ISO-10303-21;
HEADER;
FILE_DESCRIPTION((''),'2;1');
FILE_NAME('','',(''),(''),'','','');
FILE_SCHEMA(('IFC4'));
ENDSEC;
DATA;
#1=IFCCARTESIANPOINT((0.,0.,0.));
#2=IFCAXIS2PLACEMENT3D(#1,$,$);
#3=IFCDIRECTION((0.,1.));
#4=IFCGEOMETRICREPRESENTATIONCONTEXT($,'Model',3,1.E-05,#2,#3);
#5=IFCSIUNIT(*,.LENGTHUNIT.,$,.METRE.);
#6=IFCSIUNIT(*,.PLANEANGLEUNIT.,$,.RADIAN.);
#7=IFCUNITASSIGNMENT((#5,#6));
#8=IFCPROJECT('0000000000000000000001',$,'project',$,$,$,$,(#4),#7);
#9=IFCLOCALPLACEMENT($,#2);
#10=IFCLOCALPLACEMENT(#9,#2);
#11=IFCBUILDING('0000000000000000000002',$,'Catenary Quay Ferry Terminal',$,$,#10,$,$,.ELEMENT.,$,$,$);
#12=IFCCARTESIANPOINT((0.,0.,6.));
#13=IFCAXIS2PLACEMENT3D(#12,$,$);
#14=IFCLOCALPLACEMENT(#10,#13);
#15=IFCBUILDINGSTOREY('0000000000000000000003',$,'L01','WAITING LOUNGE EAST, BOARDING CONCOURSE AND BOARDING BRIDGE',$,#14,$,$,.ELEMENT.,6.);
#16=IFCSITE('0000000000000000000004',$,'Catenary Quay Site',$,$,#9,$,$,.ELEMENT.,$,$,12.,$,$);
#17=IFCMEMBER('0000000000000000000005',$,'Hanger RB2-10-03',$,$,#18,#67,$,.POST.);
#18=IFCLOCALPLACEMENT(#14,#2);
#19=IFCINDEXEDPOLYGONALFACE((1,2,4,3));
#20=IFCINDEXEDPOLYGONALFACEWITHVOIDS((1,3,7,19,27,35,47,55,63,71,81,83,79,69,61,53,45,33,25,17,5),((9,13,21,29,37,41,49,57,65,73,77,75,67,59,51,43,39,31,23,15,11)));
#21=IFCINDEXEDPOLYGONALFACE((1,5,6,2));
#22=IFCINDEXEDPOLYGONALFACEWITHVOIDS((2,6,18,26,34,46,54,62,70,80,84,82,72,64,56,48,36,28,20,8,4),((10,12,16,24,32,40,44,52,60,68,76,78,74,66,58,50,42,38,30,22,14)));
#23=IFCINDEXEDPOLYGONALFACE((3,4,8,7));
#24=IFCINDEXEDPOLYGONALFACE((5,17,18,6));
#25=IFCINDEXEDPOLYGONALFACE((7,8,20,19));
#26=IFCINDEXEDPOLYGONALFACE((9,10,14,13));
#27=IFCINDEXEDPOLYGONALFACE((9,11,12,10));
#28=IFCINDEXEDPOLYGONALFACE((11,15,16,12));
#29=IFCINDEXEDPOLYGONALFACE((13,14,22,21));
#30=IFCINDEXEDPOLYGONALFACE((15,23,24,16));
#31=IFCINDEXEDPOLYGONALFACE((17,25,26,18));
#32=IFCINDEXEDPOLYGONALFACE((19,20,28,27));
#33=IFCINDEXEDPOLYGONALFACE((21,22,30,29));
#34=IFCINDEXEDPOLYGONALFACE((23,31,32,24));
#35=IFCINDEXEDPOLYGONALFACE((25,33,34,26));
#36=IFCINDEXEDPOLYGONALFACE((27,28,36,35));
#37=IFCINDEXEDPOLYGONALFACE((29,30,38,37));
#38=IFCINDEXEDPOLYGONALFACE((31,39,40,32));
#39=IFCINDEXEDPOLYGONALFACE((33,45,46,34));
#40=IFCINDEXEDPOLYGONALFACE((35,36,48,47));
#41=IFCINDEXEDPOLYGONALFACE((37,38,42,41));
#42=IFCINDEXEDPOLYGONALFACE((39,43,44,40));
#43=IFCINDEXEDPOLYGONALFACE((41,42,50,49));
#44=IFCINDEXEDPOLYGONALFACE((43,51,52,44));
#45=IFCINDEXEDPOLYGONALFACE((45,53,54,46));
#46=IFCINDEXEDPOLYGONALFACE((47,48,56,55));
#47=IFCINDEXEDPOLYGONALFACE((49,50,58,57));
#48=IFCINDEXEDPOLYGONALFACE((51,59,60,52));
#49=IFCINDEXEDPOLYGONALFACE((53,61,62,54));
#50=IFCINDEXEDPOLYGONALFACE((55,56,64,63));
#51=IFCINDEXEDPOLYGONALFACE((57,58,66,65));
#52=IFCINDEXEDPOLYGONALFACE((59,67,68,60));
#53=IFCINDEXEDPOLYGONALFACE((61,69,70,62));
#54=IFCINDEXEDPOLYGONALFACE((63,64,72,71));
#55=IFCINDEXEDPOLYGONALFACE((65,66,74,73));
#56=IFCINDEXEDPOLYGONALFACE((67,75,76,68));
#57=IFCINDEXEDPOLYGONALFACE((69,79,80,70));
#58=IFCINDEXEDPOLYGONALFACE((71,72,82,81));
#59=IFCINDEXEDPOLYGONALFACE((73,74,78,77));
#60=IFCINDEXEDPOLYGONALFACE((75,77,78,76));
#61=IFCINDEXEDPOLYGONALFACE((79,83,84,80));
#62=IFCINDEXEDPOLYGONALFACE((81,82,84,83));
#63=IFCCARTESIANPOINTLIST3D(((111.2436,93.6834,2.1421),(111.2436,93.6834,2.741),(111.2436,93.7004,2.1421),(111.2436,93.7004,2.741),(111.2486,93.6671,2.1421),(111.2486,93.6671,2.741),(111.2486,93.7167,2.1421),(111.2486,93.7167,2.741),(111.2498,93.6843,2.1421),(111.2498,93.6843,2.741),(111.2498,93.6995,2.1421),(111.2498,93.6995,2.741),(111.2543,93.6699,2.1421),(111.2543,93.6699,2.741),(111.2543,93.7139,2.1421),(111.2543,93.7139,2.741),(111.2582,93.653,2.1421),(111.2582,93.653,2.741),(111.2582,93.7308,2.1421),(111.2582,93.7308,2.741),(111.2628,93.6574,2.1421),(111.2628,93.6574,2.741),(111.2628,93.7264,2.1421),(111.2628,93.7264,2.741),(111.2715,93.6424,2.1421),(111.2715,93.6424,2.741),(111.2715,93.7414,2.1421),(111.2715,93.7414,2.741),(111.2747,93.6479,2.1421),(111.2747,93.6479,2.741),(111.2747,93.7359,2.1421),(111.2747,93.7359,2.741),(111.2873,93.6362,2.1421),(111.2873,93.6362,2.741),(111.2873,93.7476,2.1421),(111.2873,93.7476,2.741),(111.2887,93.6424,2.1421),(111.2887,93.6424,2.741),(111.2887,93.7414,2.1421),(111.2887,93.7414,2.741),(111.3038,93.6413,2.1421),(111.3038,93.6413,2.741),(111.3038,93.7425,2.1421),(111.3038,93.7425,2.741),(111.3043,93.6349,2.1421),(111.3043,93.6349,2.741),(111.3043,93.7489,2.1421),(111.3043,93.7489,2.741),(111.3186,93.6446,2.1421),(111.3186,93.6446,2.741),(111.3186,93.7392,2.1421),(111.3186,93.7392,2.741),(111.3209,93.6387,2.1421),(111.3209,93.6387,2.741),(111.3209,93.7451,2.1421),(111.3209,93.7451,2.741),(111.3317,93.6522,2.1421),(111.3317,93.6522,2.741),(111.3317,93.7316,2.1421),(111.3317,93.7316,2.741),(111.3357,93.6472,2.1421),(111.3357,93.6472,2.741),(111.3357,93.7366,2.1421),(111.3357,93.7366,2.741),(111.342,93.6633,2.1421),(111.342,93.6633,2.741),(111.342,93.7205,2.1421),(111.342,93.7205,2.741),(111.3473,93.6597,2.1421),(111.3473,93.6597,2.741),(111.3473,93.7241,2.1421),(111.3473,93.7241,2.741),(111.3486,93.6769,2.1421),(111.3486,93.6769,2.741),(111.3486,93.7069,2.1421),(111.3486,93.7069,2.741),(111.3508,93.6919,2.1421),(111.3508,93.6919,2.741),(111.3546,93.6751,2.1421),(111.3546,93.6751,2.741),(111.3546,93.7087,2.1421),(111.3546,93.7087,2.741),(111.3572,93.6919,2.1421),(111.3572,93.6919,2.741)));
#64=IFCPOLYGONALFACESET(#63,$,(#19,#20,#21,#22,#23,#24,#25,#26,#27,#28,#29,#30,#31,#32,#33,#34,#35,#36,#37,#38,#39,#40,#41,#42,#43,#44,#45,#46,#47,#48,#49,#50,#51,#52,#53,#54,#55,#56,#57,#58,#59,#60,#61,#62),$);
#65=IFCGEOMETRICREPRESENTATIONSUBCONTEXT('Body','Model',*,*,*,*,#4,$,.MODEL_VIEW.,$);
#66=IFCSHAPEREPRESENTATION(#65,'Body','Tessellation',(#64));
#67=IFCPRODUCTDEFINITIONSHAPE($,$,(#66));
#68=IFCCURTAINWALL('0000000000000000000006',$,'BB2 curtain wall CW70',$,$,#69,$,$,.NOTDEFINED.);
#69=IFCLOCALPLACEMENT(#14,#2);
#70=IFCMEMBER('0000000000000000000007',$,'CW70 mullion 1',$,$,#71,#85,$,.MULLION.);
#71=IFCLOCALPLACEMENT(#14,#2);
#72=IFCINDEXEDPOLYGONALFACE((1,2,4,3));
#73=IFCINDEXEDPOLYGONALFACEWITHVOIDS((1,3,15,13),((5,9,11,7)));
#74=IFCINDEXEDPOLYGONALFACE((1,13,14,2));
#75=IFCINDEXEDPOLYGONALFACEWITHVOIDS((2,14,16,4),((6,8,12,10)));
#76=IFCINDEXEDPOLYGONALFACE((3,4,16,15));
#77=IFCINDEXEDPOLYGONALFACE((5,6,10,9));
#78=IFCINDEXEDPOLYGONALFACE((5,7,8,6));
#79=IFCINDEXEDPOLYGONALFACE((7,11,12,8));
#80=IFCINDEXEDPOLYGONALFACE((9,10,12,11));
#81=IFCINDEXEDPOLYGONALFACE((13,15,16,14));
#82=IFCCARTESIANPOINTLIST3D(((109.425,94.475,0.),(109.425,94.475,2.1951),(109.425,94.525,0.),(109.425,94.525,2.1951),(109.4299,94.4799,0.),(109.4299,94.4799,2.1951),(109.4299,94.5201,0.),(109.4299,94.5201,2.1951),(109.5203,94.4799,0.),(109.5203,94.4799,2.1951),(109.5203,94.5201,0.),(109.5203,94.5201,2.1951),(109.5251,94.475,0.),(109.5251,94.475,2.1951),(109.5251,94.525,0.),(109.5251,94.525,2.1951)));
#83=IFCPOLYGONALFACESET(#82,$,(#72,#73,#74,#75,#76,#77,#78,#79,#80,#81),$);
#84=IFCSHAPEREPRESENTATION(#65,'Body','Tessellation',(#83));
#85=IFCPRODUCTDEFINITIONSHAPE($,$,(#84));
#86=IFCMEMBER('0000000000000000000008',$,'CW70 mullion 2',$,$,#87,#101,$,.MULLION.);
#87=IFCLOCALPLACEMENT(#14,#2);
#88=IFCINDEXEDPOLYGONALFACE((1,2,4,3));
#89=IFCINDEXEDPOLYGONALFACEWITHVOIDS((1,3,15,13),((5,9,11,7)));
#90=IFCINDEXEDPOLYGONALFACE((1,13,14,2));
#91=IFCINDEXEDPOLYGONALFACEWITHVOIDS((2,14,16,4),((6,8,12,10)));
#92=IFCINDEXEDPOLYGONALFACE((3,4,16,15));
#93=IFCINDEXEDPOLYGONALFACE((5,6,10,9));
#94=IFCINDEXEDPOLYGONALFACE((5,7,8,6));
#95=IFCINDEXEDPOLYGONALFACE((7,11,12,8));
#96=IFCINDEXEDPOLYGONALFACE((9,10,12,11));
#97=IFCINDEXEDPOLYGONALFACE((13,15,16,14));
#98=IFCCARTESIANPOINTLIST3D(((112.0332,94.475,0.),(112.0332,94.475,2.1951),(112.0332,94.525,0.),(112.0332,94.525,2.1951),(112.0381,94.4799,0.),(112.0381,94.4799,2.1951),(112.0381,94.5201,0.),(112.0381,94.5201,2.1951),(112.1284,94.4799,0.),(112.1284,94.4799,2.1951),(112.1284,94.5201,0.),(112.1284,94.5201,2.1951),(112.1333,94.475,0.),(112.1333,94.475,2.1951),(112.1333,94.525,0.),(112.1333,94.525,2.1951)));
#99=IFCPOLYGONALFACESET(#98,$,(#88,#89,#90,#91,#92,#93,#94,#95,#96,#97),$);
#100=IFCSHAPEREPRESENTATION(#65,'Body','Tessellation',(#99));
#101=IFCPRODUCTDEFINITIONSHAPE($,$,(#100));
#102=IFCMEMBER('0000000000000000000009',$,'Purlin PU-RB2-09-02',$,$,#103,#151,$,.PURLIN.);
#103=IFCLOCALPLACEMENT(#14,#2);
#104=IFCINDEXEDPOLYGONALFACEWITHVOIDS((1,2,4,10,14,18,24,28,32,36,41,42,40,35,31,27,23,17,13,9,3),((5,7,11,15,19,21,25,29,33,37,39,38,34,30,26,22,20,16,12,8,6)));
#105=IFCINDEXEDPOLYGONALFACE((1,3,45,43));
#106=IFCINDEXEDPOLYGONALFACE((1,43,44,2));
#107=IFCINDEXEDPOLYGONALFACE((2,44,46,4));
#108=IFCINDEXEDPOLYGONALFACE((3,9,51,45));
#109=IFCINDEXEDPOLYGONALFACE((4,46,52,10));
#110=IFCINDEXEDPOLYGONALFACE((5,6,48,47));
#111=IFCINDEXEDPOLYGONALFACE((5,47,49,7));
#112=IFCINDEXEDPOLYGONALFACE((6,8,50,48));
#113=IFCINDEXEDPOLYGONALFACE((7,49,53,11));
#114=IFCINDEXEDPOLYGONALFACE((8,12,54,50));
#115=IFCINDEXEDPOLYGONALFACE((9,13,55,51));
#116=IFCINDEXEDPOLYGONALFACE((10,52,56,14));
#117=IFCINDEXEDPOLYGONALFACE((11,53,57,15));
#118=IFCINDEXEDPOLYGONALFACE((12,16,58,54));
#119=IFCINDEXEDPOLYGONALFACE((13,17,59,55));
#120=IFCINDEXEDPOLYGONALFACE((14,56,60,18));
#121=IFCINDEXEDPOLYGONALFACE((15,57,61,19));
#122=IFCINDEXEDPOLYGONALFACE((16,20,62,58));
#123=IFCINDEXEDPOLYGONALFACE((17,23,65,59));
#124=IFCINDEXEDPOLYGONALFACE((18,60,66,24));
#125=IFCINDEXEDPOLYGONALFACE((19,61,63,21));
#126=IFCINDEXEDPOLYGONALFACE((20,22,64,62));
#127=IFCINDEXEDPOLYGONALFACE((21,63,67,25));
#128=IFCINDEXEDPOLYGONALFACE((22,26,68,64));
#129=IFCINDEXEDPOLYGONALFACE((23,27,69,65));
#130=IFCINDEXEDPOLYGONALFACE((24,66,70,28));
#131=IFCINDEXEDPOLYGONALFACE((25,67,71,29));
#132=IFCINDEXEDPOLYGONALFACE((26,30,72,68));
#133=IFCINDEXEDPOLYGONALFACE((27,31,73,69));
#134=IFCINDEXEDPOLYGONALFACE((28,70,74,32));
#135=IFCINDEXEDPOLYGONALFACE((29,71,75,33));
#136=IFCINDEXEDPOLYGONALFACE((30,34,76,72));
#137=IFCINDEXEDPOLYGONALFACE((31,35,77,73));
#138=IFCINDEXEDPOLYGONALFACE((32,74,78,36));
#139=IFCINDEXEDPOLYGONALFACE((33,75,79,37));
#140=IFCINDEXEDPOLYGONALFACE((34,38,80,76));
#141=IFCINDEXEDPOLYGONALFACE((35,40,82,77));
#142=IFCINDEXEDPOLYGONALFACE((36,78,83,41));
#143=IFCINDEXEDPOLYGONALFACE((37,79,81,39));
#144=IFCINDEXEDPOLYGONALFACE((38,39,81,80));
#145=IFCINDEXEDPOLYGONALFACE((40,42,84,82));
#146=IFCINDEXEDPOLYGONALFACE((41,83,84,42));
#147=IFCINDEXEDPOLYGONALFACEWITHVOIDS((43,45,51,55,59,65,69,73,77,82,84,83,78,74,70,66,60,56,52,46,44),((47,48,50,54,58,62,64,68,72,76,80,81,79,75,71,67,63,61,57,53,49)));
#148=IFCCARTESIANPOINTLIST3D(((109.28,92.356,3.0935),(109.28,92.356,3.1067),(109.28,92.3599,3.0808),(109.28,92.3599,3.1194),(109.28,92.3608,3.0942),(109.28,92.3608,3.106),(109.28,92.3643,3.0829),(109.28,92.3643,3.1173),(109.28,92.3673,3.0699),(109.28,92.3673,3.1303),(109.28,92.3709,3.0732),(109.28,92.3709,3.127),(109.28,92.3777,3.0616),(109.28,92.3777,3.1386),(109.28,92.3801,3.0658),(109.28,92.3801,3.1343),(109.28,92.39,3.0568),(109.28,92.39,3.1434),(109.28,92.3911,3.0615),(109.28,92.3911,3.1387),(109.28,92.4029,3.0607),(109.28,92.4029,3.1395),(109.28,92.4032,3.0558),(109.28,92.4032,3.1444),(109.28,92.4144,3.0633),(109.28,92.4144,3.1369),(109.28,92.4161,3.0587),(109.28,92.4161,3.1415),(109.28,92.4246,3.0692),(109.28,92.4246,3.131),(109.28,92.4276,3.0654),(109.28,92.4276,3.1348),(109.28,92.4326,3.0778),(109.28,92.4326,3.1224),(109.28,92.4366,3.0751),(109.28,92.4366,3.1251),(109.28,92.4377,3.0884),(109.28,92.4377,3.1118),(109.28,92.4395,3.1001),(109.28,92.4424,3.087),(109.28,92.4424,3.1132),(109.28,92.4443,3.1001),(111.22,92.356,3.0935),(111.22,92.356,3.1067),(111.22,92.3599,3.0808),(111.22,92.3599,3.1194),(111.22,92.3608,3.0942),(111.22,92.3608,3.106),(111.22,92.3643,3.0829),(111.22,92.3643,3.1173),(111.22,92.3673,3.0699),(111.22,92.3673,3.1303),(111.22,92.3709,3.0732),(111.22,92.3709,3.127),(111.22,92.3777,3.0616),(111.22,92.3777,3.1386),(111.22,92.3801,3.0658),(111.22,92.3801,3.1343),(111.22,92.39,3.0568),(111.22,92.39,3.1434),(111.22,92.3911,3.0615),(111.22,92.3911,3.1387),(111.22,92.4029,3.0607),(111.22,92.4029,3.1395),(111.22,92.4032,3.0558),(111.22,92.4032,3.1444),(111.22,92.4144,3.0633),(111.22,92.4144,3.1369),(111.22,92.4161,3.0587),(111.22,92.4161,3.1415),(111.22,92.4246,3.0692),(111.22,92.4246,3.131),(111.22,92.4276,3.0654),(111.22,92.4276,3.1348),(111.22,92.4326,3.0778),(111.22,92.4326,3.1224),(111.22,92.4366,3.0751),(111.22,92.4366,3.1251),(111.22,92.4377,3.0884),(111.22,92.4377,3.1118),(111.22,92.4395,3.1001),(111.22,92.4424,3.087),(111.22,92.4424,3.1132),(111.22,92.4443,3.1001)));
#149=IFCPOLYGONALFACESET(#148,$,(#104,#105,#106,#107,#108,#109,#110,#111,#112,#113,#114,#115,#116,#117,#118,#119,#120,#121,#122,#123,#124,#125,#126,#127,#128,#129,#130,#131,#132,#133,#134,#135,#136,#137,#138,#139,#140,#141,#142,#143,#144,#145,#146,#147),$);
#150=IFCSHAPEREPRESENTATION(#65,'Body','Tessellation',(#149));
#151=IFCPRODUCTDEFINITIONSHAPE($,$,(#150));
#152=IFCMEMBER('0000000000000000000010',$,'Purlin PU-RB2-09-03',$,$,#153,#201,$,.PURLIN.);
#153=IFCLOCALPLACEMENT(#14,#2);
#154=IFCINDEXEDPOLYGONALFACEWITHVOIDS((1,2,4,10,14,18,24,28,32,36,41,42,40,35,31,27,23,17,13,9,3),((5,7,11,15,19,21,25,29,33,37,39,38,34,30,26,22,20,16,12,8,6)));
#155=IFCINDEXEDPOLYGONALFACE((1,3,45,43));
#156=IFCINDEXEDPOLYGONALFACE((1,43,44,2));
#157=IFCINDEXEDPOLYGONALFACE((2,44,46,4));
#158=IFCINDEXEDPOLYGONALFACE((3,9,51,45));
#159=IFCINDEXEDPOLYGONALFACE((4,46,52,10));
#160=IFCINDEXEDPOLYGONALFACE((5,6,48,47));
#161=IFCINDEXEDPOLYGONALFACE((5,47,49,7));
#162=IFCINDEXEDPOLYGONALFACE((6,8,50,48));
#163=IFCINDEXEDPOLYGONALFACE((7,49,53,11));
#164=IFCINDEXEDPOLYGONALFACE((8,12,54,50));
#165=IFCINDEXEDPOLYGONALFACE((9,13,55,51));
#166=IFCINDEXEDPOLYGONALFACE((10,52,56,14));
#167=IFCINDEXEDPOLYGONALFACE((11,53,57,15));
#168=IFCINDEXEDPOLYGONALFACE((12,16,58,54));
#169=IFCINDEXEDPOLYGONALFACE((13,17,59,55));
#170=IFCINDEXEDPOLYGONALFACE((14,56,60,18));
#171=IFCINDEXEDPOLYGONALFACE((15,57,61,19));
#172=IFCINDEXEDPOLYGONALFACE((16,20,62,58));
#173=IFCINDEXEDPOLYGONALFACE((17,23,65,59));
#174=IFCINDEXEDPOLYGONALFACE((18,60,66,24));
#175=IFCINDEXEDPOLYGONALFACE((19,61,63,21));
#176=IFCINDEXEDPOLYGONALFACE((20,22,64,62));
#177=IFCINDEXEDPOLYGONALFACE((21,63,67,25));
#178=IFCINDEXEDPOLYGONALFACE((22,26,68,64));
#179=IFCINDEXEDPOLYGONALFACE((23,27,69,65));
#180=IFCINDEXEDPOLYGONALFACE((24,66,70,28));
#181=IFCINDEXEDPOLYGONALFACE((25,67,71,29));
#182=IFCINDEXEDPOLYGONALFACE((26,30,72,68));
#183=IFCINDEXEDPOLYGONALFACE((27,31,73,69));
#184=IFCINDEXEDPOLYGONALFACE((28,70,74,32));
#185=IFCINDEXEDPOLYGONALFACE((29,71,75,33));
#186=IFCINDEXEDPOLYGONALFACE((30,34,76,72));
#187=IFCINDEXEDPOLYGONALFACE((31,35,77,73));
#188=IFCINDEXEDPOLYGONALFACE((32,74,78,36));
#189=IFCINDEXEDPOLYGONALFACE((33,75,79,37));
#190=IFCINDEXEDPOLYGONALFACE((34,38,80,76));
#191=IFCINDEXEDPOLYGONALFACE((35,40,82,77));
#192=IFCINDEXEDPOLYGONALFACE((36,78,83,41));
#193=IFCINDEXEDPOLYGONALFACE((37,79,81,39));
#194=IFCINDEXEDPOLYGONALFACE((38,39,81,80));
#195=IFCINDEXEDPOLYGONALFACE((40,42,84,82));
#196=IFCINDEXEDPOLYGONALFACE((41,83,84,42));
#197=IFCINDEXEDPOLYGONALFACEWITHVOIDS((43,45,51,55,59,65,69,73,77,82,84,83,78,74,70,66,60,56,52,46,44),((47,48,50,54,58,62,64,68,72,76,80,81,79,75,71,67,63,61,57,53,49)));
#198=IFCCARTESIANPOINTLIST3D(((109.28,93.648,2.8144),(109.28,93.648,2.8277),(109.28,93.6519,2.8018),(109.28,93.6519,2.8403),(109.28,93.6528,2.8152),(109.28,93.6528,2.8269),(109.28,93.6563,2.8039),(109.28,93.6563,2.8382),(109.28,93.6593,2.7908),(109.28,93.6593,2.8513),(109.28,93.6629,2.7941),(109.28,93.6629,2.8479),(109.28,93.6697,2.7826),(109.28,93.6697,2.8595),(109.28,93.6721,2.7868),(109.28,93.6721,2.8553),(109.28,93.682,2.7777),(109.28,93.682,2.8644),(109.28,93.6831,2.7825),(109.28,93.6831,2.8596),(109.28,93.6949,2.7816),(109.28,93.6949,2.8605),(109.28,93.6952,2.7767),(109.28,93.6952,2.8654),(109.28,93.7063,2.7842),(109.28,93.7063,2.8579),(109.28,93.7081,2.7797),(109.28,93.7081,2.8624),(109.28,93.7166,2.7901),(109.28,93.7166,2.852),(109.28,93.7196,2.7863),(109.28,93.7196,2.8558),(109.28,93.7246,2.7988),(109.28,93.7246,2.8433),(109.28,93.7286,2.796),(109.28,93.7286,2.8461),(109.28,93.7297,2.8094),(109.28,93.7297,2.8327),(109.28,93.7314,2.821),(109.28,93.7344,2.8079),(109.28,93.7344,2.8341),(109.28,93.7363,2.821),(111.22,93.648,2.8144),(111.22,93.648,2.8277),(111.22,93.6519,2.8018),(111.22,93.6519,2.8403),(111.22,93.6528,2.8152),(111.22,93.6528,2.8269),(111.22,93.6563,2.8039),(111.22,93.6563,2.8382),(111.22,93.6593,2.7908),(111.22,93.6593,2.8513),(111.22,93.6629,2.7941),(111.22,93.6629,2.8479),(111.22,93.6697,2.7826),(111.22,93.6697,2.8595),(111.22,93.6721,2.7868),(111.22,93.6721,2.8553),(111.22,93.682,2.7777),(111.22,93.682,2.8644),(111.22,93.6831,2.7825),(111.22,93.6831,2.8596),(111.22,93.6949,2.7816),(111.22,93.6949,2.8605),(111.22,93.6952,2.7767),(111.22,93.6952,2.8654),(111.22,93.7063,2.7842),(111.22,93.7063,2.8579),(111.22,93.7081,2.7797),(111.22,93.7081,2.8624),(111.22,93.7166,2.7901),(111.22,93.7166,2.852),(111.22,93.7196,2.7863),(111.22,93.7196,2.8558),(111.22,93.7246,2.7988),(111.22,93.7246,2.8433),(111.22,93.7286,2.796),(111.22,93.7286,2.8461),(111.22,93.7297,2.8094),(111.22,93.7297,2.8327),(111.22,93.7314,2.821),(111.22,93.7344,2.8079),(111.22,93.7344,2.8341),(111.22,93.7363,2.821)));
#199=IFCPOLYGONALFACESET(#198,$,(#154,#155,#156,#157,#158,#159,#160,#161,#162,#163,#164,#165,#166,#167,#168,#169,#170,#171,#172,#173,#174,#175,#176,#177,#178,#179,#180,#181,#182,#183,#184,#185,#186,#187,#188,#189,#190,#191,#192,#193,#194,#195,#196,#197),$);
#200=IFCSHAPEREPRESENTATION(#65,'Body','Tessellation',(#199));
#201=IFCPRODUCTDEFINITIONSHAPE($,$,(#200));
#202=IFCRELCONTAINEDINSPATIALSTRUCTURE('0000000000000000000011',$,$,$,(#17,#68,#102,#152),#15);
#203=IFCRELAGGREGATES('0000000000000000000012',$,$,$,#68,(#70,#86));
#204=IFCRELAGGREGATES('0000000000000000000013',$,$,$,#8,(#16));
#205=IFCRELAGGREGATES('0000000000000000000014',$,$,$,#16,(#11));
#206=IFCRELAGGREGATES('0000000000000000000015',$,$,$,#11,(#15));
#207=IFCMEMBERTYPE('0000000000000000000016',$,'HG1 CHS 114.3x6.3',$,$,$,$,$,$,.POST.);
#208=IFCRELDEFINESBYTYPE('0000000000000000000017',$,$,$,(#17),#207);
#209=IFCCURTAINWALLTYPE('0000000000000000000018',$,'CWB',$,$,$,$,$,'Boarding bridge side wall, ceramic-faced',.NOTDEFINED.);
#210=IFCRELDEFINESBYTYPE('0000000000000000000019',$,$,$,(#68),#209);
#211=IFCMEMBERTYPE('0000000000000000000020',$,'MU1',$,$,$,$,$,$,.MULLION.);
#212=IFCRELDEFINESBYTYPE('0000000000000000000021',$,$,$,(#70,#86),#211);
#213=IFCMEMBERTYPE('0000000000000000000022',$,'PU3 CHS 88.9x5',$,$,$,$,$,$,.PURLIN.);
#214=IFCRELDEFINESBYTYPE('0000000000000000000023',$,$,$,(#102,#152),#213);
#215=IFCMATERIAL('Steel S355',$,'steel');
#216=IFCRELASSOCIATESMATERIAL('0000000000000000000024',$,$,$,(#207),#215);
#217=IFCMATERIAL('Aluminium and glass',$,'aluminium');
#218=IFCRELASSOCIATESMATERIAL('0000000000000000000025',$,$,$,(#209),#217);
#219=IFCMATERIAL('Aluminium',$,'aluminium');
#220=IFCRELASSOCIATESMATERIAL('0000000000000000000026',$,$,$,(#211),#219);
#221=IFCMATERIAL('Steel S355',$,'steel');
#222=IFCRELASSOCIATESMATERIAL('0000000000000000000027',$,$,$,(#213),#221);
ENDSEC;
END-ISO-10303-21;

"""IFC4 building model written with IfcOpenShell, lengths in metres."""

from ifc_helpers import new_model, si_unit, direction, frame, origin, origin_2d, place, context, subcontext, project, spatial, hollow_rectangle, hollow_circle, extrude, material, material_profile, profile_set, type_object, element, aggregate, save


model = new_model("IFC4")

# Units and contexts
model_context = context("Model", 3, precision=1e-05, world=origin(), true_north=direction((0.0, 1.0)))
body_context = subcontext(model_context, "Body", "Model", "MODEL_VIEW")
ifc_project = project(units=[si_unit("LENGTHUNIT", "METRE"), si_unit("PLANEANGLEUNIT", "RADIAN")], contexts=[model_context])

# Site, building, storey
site_placement = place(None, origin())
site = spatial("IfcSite", under=ifc_project, at=site_placement, Name="Catenary Quay Site", CompositionType="ELEMENT", RefElevation=12.0)
building_placement = place(site_placement, origin())
building = spatial("IfcBuilding", under=site, at=building_placement, Name="Catenary Quay Ferry Terminal", CompositionType="ELEMENT")
storey_placement = place(building_placement, frame((0.0, 0.0, 6.0)))
storey = spatial("IfcBuildingStorey", under=building, at=storey_placement, Name="L01", Description="WAITING LOUNGE EAST, BOARDING CONCOURSE AND BOARDING BRIDGE", CompositionType="ELEMENT", Elevation=6.0)

# Member
ifc_material_1 = material(Name="Steel S355", Category="steel")
ifc_material_profile_1 = material_profile(ifc_material_1, hollow_circle(Radius=0.0571, WallThickness=0.0063, at=origin_2d()), Name="CHS 114.3x6.3")
ifc_profile_set_1 = profile_set([ifc_material_profile_1], Name="Steel S355")
member_type_1 = type_object("IfcMemberType", Name="HG1 CHS 114.3x6.3", PredefinedType="POST", material=ifc_profile_set_1)
member_1_placement = place(storey_placement, frame((111.3, 93.6919, 2.1421), z_axis=(0.0, 0.0, 1.0), x_axis=(1.0, 0.0, 0.0)))
element("IfcMember", 1, at=member_1_placement, inside=storey, type_object=member_type_1, Name="Hanger RB2-10-03", PredefinedType="POST", context=body_context, shape_type="SweptSolid", body=[
    extrude(hollow_circle(Radius=0.0571, WallThickness=0.0063, at=origin_2d()), origin(), (0.0, 0.0, 1.0), 0.5989),
])

# Curtain wall, members
ifc_material_2 = material(Name="Aluminium and glass", Category="aluminium")
curtain_wall_type = type_object("IfcCurtainWallType", Name="CWB", ElementType="Boarding bridge side wall, ceramic-faced", PredefinedType="NOTDEFINED", material=ifc_material_2)
curtain_wall_placement = place(storey_placement, origin())
curtain_wall = element("IfcCurtainWall", 2, at=curtain_wall_placement, inside=storey, type_object=curtain_wall_type, Name="BB2 curtain wall CW70", PredefinedType="NOTDEFINED")
ifc_material_3 = material(Name="Aluminium", Category="aluminium")
ifc_material_profile_2 = material_profile(ifc_material_3, hollow_rectangle(XDim=0.05, YDim=0.1001, WallThickness=0.0049, at=origin_2d()), Name="MU1")
ifc_profile_set_2 = profile_set([ifc_material_profile_2], Name="Aluminium")
member_type_2 = type_object("IfcMemberType", Name="MU1", PredefinedType="MULLION", material=ifc_profile_set_2)
member_2_placement = place(storey_placement, frame((109.4751, 94.5, 0.0), z_axis=(0.0, 0.0, 1.0), x_axis=(0.0, 1.0, 0.0)))
member_2 = element("IfcMember", 3, at=member_2_placement, type_object=member_type_2, Name="CW70 mullion 1", PredefinedType="MULLION", context=body_context, shape_type="SweptSolid", body=[
    extrude(hollow_rectangle(XDim=0.05, YDim=0.1001, WallThickness=0.0049, at=origin_2d()), origin(), (0.0, 0.0, 1.0), 2.1951),
])
member_3_placement = place(storey_placement, frame((112.0833, 94.5, 0.0), z_axis=(0.0, 0.0, 1.0), x_axis=(0.0, 1.0, 0.0)))
member_3 = element("IfcMember", 4, at=member_3_placement, type_object=member_type_2, Name="CW70 mullion 2", PredefinedType="MULLION", context=body_context, shape_type="SweptSolid", body=[
    extrude(hollow_rectangle(XDim=0.05, YDim=0.1001, WallThickness=0.0049, at=origin_2d()), origin(), (0.0, 0.0, 1.0), 2.1951),
])

# Members
ifc_material_4 = material(Name="Steel S355", Category="steel")
ifc_material_profile_3 = material_profile(ifc_material_4, hollow_circle(Radius=0.0444, WallThickness=0.0049, at=origin_2d()), Name="CHS 88.9x5")
ifc_profile_set_3 = profile_set([ifc_material_profile_3], Name="Steel S355")
member_type_3 = type_object("IfcMemberType", Name="PU3 CHS 88.9x5", PredefinedType="PURLIN", material=ifc_profile_set_3)
for number, where, z_axis, x_axis, name in (
    (5, (109.28, 92.3999, 3.1001), (1.0, 0.0, 0.0), (0.0, 1.0, 0.0), "Purlin PU-RB2-09-02"),
    (6, (109.28, 93.6919, 2.821), (1.0, 0.0, 0.0), (0.0, 1.0, 0.0), "Purlin PU-RB2-09-03"),
):
    element("IfcMember", number, at=place(storey_placement, frame(where, z_axis=z_axis, x_axis=x_axis)), inside=storey, type_object=member_type_3, Name=name, PredefinedType="PURLIN", context=body_context, shape_type="SweptSolid", body=[
        extrude(hollow_circle(Radius=0.0444, WallThickness=0.0049, at=origin_2d()), origin(), (0.0, 0.0, 1.0), 1.9399),
    ])

aggregate(curtain_wall, [member_2, member_3])

save(model, "model.ifc")
